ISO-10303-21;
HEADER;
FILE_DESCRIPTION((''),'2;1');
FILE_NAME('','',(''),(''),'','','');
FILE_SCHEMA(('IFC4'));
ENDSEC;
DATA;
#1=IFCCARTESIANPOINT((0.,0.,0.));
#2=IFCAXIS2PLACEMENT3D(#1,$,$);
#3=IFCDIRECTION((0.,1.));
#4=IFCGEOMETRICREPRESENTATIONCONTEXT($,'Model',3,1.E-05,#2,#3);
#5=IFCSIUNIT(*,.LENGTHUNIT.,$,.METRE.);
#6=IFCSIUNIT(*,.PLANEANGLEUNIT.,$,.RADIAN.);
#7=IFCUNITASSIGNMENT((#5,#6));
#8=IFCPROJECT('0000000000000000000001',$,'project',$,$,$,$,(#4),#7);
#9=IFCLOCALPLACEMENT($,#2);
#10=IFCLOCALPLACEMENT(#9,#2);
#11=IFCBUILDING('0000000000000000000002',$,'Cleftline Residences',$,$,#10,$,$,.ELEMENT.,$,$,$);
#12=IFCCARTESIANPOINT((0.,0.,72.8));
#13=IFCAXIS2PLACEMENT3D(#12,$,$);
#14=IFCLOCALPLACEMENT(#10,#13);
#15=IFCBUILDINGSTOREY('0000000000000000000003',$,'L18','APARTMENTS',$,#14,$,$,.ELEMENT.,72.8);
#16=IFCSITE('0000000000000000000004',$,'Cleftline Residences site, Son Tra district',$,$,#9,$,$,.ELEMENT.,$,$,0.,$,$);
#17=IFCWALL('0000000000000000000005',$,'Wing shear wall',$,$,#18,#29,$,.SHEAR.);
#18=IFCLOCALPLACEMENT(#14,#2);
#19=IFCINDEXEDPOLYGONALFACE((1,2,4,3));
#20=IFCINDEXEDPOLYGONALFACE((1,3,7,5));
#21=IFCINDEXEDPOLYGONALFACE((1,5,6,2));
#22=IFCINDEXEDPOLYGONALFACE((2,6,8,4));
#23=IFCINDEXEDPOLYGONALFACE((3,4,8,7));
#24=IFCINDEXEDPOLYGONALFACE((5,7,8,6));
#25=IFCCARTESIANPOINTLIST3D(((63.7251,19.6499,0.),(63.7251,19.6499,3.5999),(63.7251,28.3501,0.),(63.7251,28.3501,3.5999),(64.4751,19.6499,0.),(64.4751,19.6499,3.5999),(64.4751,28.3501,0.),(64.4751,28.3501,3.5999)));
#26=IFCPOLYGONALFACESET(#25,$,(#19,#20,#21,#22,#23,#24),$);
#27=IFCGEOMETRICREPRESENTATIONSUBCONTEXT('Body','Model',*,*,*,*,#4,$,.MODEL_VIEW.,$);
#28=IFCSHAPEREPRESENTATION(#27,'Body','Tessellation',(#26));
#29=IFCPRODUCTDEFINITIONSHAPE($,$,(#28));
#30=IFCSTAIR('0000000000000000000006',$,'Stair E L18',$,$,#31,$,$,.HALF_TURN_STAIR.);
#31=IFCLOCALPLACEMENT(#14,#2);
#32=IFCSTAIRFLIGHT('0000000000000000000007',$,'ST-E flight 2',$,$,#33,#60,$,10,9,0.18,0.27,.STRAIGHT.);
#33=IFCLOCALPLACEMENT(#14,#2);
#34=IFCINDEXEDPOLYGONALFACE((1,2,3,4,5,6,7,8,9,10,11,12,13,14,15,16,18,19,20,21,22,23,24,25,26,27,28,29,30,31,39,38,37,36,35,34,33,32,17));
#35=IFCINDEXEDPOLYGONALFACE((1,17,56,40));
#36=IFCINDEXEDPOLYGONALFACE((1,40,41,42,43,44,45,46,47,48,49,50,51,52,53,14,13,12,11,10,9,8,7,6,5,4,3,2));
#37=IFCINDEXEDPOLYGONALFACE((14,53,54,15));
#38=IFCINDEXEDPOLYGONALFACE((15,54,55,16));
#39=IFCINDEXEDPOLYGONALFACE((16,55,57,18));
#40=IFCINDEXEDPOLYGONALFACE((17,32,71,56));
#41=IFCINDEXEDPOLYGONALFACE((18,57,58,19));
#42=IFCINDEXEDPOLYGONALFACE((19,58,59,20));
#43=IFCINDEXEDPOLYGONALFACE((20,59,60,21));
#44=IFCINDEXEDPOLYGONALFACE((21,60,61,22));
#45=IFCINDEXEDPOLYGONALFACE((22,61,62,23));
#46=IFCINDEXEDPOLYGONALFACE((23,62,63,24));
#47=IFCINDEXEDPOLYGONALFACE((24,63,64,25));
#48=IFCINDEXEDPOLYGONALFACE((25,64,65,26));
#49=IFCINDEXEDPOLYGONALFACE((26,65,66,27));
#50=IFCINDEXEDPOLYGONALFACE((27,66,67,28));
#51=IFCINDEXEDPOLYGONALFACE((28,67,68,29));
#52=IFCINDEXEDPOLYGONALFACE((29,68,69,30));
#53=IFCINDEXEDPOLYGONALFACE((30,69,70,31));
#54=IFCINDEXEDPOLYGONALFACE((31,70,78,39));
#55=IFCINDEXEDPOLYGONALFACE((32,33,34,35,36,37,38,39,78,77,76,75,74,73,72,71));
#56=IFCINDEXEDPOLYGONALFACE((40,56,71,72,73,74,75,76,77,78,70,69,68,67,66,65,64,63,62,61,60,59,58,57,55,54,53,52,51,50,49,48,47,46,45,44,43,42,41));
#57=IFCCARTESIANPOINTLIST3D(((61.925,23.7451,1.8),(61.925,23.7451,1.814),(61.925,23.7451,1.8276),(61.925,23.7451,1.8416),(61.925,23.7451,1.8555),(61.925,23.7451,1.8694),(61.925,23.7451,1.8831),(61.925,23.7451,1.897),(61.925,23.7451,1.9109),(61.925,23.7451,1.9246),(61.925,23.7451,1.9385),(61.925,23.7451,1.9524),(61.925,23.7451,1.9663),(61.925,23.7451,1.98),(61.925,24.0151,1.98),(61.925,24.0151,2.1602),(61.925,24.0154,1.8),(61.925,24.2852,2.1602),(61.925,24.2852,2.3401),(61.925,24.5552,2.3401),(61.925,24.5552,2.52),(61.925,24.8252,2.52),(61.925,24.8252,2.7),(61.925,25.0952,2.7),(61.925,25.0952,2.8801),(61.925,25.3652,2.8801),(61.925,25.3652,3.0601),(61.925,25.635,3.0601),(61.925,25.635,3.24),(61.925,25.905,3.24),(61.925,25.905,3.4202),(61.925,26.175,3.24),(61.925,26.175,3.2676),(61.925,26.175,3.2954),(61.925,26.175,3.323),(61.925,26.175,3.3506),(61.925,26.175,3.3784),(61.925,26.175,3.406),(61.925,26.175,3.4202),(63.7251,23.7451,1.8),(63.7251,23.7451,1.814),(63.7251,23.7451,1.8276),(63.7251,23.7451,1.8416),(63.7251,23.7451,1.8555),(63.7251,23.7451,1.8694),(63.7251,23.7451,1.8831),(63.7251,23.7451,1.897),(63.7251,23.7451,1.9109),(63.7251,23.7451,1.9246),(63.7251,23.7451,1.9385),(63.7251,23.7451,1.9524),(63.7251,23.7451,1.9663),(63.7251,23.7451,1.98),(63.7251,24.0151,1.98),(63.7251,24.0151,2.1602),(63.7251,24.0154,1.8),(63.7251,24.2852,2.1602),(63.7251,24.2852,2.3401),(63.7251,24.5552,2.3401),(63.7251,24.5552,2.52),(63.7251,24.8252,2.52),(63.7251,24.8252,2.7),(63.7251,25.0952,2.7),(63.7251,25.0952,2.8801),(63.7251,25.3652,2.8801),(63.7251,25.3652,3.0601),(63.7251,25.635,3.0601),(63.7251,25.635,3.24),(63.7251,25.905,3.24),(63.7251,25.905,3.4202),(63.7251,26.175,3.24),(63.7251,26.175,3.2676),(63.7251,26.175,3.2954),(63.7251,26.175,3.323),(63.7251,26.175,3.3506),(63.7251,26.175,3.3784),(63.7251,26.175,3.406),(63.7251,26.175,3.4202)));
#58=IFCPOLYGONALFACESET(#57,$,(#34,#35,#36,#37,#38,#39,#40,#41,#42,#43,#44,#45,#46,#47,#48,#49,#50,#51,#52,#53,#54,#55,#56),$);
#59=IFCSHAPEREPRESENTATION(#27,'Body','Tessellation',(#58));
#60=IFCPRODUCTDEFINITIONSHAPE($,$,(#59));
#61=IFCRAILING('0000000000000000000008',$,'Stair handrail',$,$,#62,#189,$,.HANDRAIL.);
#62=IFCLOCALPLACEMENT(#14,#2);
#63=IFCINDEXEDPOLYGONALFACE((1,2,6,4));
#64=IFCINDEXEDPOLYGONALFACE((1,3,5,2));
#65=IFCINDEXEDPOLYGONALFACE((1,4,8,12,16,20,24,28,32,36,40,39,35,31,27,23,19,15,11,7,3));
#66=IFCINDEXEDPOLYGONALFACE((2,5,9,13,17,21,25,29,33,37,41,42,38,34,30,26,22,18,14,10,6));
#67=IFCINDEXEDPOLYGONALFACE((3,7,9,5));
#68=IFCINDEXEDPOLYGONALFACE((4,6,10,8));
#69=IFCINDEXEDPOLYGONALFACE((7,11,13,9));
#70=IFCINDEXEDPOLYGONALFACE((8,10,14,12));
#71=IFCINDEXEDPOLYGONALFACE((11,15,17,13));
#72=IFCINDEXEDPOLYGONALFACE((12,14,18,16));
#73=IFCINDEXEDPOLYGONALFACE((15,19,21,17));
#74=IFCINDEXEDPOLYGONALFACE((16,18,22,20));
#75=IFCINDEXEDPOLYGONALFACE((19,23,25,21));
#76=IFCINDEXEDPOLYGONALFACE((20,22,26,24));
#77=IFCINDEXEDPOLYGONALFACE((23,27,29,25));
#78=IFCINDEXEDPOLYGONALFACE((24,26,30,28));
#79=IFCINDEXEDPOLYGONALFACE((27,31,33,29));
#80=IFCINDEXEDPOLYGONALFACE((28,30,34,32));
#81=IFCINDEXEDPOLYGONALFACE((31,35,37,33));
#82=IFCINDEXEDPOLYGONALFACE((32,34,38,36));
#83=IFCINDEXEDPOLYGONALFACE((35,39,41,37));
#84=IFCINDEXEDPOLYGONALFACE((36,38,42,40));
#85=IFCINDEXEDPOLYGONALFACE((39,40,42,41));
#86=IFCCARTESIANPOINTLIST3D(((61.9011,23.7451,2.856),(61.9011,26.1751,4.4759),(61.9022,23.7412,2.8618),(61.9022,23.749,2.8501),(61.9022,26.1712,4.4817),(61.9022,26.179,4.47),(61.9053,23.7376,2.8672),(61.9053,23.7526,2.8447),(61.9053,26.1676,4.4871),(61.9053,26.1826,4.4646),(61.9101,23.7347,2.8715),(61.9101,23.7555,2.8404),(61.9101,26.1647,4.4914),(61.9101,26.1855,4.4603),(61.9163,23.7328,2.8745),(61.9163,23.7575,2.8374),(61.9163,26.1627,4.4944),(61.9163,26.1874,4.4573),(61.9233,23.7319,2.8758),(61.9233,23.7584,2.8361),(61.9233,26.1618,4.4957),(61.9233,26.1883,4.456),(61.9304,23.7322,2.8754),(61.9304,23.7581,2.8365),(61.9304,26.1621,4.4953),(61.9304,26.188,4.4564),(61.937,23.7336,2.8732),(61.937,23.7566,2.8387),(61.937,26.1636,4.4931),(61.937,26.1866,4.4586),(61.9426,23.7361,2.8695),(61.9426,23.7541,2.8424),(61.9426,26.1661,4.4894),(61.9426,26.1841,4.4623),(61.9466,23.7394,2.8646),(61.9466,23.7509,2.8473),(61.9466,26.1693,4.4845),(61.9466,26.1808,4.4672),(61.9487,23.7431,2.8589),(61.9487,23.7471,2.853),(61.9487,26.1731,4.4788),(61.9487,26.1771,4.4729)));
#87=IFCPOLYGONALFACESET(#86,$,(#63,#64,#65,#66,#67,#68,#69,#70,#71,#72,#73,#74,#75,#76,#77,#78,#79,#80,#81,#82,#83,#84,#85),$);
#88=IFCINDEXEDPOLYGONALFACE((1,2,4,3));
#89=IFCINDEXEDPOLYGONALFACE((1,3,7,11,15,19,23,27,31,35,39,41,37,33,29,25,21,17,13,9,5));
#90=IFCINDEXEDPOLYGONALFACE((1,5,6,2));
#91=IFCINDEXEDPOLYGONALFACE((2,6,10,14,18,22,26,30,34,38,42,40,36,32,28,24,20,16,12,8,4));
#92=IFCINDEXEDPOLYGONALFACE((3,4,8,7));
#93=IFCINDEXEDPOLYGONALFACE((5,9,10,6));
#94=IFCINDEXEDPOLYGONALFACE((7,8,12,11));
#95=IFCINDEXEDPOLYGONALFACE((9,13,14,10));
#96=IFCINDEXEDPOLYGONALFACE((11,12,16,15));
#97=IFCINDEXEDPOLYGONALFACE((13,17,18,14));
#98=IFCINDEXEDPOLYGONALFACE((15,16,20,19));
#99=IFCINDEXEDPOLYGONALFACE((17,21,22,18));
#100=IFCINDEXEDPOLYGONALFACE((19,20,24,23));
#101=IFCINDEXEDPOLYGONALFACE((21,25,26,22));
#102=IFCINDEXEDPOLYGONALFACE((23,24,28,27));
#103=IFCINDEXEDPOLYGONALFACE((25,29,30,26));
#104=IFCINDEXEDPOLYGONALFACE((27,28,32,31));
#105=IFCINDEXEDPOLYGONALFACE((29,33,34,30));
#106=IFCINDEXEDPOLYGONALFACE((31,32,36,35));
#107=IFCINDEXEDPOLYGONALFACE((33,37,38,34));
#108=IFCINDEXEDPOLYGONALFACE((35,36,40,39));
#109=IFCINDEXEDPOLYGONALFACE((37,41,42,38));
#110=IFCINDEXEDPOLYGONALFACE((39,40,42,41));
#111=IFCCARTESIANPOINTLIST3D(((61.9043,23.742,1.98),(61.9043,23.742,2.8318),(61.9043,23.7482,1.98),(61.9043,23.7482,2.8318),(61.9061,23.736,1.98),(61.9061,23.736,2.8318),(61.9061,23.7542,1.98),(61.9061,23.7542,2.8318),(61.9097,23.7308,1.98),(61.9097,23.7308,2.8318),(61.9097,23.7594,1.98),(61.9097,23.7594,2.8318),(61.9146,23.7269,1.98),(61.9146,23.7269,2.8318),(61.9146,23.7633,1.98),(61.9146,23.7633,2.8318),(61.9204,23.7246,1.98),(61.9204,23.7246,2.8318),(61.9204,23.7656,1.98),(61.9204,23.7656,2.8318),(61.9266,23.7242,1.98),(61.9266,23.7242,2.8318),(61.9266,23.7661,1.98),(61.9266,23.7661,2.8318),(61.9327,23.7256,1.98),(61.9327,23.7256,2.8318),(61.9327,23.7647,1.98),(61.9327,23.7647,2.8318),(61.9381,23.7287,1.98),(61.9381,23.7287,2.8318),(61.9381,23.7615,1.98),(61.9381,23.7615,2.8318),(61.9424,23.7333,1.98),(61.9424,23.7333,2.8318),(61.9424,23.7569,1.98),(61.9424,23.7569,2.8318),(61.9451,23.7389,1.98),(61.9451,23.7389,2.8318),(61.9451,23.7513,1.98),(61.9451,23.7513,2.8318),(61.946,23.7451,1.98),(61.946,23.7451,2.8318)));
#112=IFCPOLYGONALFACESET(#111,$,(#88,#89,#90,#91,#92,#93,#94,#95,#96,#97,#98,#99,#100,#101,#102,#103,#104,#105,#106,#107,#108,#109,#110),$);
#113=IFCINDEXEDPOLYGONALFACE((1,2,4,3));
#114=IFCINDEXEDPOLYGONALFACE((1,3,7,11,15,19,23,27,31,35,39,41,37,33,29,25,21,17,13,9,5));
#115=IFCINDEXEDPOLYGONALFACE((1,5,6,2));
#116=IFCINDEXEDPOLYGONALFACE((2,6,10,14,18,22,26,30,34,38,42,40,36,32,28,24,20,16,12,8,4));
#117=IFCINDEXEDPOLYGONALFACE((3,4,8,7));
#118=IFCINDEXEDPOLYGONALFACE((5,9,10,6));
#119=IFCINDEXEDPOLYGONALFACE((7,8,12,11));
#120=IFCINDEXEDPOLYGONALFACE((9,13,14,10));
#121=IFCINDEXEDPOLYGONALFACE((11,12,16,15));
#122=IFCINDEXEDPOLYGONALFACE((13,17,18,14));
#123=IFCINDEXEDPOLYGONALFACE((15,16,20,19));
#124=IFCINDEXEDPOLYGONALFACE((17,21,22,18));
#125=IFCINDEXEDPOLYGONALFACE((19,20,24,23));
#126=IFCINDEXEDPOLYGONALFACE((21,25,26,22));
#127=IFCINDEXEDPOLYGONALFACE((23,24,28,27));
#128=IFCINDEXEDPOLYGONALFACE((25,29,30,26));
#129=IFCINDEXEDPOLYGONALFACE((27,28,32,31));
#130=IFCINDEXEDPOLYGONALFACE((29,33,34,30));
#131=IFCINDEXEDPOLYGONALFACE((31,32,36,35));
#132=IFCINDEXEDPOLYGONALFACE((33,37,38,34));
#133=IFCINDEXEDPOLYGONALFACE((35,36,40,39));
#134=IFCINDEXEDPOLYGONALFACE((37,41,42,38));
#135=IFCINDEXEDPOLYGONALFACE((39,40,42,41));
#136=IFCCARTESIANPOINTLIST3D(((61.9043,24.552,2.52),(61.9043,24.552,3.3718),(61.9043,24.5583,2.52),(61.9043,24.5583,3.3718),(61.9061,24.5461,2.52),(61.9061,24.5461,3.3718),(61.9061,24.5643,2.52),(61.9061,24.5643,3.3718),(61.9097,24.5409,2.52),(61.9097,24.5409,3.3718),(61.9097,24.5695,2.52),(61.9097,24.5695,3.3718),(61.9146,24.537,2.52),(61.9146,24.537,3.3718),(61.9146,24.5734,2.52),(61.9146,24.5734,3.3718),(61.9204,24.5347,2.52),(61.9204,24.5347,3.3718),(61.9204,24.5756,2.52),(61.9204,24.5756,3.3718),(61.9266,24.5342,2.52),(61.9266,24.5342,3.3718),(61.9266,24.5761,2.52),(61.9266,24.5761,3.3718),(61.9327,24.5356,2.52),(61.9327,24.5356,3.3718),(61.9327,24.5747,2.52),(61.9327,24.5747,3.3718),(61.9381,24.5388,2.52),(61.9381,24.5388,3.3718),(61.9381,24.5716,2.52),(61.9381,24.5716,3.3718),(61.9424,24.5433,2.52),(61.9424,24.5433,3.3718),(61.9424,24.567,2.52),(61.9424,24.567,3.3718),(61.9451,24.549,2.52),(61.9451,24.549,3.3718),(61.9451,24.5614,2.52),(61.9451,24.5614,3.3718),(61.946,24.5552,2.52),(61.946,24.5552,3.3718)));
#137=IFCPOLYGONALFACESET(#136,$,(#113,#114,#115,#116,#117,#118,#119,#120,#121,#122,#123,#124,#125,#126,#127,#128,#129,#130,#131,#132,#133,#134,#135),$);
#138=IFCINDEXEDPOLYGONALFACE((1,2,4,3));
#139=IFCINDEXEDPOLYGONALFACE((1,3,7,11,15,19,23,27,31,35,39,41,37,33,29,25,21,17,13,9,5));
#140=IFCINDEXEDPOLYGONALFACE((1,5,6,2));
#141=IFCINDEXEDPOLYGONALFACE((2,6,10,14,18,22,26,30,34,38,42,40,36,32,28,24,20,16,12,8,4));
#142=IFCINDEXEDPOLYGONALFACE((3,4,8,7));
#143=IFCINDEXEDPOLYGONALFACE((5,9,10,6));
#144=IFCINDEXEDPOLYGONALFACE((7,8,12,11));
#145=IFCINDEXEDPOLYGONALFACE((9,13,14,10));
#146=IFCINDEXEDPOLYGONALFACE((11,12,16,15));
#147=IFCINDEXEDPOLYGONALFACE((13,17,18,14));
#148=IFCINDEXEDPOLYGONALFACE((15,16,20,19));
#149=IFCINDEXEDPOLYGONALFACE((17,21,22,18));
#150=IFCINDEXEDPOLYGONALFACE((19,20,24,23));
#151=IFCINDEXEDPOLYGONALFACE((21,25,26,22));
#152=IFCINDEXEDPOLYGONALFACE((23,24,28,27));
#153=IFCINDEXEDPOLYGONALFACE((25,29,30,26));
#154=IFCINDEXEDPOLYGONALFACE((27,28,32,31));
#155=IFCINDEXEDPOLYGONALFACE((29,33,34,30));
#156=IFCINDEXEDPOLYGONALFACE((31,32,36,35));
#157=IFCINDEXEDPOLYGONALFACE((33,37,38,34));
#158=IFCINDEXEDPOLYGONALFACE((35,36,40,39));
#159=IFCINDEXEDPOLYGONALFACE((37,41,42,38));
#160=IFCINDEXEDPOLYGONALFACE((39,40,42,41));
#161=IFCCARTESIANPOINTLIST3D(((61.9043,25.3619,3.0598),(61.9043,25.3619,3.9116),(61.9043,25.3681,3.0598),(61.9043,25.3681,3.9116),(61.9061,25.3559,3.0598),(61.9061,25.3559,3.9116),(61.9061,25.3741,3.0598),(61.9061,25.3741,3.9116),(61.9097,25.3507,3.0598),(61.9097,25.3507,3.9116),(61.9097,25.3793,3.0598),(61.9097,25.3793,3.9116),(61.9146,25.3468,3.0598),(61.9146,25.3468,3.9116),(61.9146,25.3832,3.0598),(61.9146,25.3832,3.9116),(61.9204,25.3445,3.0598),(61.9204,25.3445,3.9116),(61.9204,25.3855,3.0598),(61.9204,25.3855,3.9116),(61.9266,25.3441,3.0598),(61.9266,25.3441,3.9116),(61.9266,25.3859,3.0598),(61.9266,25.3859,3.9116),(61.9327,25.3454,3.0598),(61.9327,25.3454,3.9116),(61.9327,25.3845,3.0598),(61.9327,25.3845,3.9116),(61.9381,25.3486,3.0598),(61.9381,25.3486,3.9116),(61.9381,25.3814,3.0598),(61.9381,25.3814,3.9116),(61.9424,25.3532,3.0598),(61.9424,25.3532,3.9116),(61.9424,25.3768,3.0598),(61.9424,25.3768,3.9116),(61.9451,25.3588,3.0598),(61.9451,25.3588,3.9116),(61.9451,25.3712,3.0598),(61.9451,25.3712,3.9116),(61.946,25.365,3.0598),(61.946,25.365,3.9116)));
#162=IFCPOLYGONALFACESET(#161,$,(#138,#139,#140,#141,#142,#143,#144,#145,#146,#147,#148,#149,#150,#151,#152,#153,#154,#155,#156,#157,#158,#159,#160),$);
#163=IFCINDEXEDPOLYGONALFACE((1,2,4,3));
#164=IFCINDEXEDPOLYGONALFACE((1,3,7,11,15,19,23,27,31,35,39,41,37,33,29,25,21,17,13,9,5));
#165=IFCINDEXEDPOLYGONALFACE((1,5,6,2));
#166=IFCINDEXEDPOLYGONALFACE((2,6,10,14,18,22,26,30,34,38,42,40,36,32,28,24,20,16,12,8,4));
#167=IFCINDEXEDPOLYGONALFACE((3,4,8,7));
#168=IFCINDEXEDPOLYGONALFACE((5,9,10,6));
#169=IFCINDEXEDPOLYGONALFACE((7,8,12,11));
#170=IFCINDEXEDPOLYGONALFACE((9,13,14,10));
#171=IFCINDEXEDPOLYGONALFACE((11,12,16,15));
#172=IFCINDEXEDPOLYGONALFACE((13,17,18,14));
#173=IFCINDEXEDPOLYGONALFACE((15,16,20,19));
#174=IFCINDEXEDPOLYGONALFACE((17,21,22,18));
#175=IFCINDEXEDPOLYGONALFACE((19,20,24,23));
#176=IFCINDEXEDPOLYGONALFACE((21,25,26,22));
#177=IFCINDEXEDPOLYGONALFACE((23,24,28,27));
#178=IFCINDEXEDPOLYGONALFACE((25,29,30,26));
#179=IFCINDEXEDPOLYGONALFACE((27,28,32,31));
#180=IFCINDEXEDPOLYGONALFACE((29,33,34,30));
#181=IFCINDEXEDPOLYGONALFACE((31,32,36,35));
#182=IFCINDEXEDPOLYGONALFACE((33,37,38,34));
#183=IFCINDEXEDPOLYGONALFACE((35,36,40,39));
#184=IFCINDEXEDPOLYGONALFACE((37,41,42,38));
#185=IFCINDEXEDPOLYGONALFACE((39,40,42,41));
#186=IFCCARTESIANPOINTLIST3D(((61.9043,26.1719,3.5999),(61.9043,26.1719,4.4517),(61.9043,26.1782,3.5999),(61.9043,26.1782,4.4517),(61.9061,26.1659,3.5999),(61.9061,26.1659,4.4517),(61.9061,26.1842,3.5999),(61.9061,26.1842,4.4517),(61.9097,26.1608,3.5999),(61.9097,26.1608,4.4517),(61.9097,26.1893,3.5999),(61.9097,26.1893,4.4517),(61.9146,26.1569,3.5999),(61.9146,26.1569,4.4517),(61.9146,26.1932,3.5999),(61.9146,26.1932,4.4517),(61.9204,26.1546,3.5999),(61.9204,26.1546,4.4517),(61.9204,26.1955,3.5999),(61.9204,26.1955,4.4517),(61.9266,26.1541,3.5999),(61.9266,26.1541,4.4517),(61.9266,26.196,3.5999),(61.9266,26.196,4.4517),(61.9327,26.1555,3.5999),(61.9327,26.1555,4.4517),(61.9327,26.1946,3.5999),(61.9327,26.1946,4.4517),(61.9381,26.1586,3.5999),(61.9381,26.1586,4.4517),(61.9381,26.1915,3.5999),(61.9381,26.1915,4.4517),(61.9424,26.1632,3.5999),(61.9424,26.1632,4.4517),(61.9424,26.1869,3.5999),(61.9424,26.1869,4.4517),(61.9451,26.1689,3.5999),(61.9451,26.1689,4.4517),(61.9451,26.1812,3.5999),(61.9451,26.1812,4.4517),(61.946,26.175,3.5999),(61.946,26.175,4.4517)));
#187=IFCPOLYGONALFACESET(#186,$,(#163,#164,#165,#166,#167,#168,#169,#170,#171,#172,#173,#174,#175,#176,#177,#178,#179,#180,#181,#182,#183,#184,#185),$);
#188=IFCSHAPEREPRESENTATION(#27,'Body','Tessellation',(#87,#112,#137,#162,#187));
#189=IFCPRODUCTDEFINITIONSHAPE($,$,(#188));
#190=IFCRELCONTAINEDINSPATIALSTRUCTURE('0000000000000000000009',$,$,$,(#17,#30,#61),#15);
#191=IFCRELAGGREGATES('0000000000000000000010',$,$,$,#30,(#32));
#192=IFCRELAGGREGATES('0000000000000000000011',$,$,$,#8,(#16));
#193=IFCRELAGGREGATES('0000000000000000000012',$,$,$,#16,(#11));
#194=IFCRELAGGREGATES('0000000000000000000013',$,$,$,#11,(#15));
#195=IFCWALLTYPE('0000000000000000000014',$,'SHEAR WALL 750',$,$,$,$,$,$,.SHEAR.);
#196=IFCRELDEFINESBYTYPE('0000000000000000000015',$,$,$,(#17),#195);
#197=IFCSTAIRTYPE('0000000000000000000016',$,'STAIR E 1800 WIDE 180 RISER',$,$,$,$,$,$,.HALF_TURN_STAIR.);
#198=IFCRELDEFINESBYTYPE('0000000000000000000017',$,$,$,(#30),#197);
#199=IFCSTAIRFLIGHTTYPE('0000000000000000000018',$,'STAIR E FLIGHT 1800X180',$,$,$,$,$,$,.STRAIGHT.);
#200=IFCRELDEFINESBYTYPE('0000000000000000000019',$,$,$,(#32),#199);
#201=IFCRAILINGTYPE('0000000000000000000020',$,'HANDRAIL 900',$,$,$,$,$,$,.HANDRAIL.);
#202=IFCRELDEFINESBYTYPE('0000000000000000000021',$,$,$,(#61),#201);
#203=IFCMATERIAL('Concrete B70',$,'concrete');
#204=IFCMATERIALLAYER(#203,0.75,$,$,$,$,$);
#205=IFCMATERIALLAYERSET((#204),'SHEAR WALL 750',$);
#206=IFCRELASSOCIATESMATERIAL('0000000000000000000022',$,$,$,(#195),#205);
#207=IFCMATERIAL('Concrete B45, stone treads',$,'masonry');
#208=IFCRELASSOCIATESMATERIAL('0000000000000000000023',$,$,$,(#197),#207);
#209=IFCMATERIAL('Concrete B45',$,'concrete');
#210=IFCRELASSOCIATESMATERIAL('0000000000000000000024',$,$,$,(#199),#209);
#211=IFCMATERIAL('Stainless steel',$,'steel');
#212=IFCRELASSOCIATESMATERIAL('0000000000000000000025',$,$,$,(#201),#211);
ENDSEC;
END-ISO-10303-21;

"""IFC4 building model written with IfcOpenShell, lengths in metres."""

from ifc_helpers import new_model, si_unit, direction, frame, frame_2d, origin, origin_2d, place, context, subcontext, project, spatial, polyline, rectangle, circle, outline, extrude, material, layer, layer_set, type_object, element, aggregate, save


model = new_model("IFC4")

# Units and contexts
model_context = context("Model", 3, precision=1e-05, world=origin(), true_north=direction((0.0, 1.0)))
body_context = subcontext(model_context, "Body", "Model", "MODEL_VIEW")
ifc_project = project(units=[si_unit("LENGTHUNIT", "METRE"), si_unit("PLANEANGLEUNIT", "RADIAN")], contexts=[model_context])

# Site, building, storey
site_placement = place(None, origin())
site = spatial("IfcSite", under=ifc_project, at=site_placement, Name="Cleftline Residences site, Son Tra district", CompositionType="ELEMENT", RefElevation=0.0)
building_placement = place(site_placement, origin())
building = spatial("IfcBuilding", under=site, at=building_placement, Name="Cleftline Residences", CompositionType="ELEMENT")
storey_placement = place(building_placement, frame((0.0, 0.0, 72.8)))
storey = spatial("IfcBuildingStorey", under=building, at=storey_placement, Name="L18", Description="APARTMENTS", CompositionType="ELEMENT", Elevation=72.8)

# Wall
ifc_material_1 = material(Name="Concrete B70", Category="concrete")
ifc_layer_1 = layer(ifc_material_1, 0.75)
ifc_layer_set_1 = layer_set([ifc_layer_1], Name="SHEAR WALL 750")
wall_type_1 = type_object("IfcWallType", Name="SHEAR WALL 750", PredefinedType="SHEAR", material=ifc_layer_set_1)
wall_1_placement = place(storey_placement, frame((64.1001, 19.6499, 0.0), z_axis=(0.0, 0.0, 1.0), x_axis=(0.0, 1.0, 0.0)))
element("IfcWall", 1, at=wall_1_placement, inside=storey, type_object=wall_type_1, Name="Wing shear wall", PredefinedType="SHEAR", context=body_context, shape_type="SweptSolid", body=[
    extrude(rectangle(XDim=8.7002, YDim=0.75, at=frame_2d((4.3501, 0.0))), origin(), (0.0, 0.0, 1.0), 3.5999),
])

# Stair, stair flight
ifc_material_2 = material(Name="Concrete B45, stone treads", Category="masonry")
stair_type = type_object("IfcStairType", Name="STAIR E 1800 WIDE 180 RISER", PredefinedType="HALF_TURN_STAIR", material=ifc_material_2)
stair_placement = place(storey_placement, origin())
stair = element("IfcStair", 2, at=stair_placement, inside=storey, type_object=stair_type, Name="Stair E L18", PredefinedType="HALF_TURN_STAIR")
ifc_material_3 = material(Name="Concrete B45", Category="concrete")
stair_flight_type = type_object("IfcStairFlightType", Name="STAIR E FLIGHT 1800X180", PredefinedType="STRAIGHT", material=ifc_material_3)
stair_flight_placement = place(storey_placement, frame((62.825, 23.7451, 1.8), z_axis=(0.0, 0.0, 1.0), x_axis=(0.0, 1.0, 0.0)))
stair_flight = element("IfcStairFlight", 3, at=stair_flight_placement, type_object=stair_flight_type, Name="ST-E flight 2", NumberOfRisers=10, NumberOfTreads=9, PredefinedType="STRAIGHT", RiserHeight=0.18, TreadLength=0.27, context=body_context, shape_type="SweptSolid", body=[
    extrude(outline(polyline([(0.0, 0.0), (0.0, 0.0139), (0.0, 0.0276), (0.0, 0.0415), (0.0, 0.0554), (0.0, 0.0693), (0.0, 0.083), (0.0, 0.0969), (0.0, 0.1108), (0.0, 0.1245), (0.0, 0.1384), (0.0, 0.1523), (0.0, 0.1663), (0.0, 0.1799), (0.27, 0.1799), (0.27, 0.3601), (0.54, 0.3601), (0.54, 0.54), (0.8101, 0.54), (0.8101, 0.72), (1.0801, 0.72), (1.0801, 0.8999), (1.3501, 0.8999), (1.3501, 1.0801), (1.6201, 1.0801), (1.6201, 1.26), (1.8899, 1.26), (1.8899, 1.4399), (2.1599, 1.4399), (2.1599, 1.6201), (2.4299, 1.6201), (2.4299, 1.8), (2.4299, 1.7722), (2.4299, 1.7446), (2.4299, 1.7168), (2.4299, 1.6892), (2.4299, 1.6614), (2.4299, 1.6338), (2.4299, 1.606), (2.4299, 1.5784), (2.4299, 1.5505), (2.4299, 1.5229), (2.4299, 1.4954), (2.4299, 1.4675), (2.4299, 1.4399), (0.2703, 0.0), (0.0, 0.0)])), frame((0.0, 0.8999, 0.0), z_axis=(0.0, -1.0, 0.0), x_axis=(1.0, 0.0, 0.0)), (0.0, 0.0, 1.0), 1.8),
])
aggregate(stair, [stair_flight])

# Railing
ifc_material_4 = material(Name="Stainless steel", Category="steel")
railing_type = type_object("IfcRailingType", Name="HANDRAIL 900", PredefinedType="HANDRAIL", material=ifc_material_4)
railing_placement = place(storey_placement, frame((61.925, 23.7451, 1.98)))
element("IfcRailing", 4, at=railing_placement, inside=storey, type_object=railing_type, Name="Stair handrail", PredefinedType="HANDRAIL", context=body_context, shape_type="SweptSolid", body=[
    extrude(circle(Radius=0.0239, at=origin_2d()), frame((0.0, 0.0, 0.876), z_axis=(0.0, 0.832063, 0.554681), x_axis=(-1.0, 0.0, 0.0)), (0.0, 0.0, 1.0), 2.9204),
    extrude(circle(Radius=0.021, at=origin_2d()), origin(), (0.0, 0.0, 1.0), 0.8518),
    extrude(circle(Radius=0.021, at=origin_2d()), frame((0.0, 0.8101, 0.54)), (0.0, 0.0, 1.0), 0.8518),
    extrude(circle(Radius=0.021, at=origin_2d()), frame((0.0, 1.6199, 1.0798)), (0.0, 0.0, 1.0), 0.8518),
    extrude(circle(Radius=0.021, at=origin_2d()), frame((0.0, 2.4299, 1.6199)), (0.0, 0.0, 1.0), 0.8518),
])

save(model, "model.ifc")
